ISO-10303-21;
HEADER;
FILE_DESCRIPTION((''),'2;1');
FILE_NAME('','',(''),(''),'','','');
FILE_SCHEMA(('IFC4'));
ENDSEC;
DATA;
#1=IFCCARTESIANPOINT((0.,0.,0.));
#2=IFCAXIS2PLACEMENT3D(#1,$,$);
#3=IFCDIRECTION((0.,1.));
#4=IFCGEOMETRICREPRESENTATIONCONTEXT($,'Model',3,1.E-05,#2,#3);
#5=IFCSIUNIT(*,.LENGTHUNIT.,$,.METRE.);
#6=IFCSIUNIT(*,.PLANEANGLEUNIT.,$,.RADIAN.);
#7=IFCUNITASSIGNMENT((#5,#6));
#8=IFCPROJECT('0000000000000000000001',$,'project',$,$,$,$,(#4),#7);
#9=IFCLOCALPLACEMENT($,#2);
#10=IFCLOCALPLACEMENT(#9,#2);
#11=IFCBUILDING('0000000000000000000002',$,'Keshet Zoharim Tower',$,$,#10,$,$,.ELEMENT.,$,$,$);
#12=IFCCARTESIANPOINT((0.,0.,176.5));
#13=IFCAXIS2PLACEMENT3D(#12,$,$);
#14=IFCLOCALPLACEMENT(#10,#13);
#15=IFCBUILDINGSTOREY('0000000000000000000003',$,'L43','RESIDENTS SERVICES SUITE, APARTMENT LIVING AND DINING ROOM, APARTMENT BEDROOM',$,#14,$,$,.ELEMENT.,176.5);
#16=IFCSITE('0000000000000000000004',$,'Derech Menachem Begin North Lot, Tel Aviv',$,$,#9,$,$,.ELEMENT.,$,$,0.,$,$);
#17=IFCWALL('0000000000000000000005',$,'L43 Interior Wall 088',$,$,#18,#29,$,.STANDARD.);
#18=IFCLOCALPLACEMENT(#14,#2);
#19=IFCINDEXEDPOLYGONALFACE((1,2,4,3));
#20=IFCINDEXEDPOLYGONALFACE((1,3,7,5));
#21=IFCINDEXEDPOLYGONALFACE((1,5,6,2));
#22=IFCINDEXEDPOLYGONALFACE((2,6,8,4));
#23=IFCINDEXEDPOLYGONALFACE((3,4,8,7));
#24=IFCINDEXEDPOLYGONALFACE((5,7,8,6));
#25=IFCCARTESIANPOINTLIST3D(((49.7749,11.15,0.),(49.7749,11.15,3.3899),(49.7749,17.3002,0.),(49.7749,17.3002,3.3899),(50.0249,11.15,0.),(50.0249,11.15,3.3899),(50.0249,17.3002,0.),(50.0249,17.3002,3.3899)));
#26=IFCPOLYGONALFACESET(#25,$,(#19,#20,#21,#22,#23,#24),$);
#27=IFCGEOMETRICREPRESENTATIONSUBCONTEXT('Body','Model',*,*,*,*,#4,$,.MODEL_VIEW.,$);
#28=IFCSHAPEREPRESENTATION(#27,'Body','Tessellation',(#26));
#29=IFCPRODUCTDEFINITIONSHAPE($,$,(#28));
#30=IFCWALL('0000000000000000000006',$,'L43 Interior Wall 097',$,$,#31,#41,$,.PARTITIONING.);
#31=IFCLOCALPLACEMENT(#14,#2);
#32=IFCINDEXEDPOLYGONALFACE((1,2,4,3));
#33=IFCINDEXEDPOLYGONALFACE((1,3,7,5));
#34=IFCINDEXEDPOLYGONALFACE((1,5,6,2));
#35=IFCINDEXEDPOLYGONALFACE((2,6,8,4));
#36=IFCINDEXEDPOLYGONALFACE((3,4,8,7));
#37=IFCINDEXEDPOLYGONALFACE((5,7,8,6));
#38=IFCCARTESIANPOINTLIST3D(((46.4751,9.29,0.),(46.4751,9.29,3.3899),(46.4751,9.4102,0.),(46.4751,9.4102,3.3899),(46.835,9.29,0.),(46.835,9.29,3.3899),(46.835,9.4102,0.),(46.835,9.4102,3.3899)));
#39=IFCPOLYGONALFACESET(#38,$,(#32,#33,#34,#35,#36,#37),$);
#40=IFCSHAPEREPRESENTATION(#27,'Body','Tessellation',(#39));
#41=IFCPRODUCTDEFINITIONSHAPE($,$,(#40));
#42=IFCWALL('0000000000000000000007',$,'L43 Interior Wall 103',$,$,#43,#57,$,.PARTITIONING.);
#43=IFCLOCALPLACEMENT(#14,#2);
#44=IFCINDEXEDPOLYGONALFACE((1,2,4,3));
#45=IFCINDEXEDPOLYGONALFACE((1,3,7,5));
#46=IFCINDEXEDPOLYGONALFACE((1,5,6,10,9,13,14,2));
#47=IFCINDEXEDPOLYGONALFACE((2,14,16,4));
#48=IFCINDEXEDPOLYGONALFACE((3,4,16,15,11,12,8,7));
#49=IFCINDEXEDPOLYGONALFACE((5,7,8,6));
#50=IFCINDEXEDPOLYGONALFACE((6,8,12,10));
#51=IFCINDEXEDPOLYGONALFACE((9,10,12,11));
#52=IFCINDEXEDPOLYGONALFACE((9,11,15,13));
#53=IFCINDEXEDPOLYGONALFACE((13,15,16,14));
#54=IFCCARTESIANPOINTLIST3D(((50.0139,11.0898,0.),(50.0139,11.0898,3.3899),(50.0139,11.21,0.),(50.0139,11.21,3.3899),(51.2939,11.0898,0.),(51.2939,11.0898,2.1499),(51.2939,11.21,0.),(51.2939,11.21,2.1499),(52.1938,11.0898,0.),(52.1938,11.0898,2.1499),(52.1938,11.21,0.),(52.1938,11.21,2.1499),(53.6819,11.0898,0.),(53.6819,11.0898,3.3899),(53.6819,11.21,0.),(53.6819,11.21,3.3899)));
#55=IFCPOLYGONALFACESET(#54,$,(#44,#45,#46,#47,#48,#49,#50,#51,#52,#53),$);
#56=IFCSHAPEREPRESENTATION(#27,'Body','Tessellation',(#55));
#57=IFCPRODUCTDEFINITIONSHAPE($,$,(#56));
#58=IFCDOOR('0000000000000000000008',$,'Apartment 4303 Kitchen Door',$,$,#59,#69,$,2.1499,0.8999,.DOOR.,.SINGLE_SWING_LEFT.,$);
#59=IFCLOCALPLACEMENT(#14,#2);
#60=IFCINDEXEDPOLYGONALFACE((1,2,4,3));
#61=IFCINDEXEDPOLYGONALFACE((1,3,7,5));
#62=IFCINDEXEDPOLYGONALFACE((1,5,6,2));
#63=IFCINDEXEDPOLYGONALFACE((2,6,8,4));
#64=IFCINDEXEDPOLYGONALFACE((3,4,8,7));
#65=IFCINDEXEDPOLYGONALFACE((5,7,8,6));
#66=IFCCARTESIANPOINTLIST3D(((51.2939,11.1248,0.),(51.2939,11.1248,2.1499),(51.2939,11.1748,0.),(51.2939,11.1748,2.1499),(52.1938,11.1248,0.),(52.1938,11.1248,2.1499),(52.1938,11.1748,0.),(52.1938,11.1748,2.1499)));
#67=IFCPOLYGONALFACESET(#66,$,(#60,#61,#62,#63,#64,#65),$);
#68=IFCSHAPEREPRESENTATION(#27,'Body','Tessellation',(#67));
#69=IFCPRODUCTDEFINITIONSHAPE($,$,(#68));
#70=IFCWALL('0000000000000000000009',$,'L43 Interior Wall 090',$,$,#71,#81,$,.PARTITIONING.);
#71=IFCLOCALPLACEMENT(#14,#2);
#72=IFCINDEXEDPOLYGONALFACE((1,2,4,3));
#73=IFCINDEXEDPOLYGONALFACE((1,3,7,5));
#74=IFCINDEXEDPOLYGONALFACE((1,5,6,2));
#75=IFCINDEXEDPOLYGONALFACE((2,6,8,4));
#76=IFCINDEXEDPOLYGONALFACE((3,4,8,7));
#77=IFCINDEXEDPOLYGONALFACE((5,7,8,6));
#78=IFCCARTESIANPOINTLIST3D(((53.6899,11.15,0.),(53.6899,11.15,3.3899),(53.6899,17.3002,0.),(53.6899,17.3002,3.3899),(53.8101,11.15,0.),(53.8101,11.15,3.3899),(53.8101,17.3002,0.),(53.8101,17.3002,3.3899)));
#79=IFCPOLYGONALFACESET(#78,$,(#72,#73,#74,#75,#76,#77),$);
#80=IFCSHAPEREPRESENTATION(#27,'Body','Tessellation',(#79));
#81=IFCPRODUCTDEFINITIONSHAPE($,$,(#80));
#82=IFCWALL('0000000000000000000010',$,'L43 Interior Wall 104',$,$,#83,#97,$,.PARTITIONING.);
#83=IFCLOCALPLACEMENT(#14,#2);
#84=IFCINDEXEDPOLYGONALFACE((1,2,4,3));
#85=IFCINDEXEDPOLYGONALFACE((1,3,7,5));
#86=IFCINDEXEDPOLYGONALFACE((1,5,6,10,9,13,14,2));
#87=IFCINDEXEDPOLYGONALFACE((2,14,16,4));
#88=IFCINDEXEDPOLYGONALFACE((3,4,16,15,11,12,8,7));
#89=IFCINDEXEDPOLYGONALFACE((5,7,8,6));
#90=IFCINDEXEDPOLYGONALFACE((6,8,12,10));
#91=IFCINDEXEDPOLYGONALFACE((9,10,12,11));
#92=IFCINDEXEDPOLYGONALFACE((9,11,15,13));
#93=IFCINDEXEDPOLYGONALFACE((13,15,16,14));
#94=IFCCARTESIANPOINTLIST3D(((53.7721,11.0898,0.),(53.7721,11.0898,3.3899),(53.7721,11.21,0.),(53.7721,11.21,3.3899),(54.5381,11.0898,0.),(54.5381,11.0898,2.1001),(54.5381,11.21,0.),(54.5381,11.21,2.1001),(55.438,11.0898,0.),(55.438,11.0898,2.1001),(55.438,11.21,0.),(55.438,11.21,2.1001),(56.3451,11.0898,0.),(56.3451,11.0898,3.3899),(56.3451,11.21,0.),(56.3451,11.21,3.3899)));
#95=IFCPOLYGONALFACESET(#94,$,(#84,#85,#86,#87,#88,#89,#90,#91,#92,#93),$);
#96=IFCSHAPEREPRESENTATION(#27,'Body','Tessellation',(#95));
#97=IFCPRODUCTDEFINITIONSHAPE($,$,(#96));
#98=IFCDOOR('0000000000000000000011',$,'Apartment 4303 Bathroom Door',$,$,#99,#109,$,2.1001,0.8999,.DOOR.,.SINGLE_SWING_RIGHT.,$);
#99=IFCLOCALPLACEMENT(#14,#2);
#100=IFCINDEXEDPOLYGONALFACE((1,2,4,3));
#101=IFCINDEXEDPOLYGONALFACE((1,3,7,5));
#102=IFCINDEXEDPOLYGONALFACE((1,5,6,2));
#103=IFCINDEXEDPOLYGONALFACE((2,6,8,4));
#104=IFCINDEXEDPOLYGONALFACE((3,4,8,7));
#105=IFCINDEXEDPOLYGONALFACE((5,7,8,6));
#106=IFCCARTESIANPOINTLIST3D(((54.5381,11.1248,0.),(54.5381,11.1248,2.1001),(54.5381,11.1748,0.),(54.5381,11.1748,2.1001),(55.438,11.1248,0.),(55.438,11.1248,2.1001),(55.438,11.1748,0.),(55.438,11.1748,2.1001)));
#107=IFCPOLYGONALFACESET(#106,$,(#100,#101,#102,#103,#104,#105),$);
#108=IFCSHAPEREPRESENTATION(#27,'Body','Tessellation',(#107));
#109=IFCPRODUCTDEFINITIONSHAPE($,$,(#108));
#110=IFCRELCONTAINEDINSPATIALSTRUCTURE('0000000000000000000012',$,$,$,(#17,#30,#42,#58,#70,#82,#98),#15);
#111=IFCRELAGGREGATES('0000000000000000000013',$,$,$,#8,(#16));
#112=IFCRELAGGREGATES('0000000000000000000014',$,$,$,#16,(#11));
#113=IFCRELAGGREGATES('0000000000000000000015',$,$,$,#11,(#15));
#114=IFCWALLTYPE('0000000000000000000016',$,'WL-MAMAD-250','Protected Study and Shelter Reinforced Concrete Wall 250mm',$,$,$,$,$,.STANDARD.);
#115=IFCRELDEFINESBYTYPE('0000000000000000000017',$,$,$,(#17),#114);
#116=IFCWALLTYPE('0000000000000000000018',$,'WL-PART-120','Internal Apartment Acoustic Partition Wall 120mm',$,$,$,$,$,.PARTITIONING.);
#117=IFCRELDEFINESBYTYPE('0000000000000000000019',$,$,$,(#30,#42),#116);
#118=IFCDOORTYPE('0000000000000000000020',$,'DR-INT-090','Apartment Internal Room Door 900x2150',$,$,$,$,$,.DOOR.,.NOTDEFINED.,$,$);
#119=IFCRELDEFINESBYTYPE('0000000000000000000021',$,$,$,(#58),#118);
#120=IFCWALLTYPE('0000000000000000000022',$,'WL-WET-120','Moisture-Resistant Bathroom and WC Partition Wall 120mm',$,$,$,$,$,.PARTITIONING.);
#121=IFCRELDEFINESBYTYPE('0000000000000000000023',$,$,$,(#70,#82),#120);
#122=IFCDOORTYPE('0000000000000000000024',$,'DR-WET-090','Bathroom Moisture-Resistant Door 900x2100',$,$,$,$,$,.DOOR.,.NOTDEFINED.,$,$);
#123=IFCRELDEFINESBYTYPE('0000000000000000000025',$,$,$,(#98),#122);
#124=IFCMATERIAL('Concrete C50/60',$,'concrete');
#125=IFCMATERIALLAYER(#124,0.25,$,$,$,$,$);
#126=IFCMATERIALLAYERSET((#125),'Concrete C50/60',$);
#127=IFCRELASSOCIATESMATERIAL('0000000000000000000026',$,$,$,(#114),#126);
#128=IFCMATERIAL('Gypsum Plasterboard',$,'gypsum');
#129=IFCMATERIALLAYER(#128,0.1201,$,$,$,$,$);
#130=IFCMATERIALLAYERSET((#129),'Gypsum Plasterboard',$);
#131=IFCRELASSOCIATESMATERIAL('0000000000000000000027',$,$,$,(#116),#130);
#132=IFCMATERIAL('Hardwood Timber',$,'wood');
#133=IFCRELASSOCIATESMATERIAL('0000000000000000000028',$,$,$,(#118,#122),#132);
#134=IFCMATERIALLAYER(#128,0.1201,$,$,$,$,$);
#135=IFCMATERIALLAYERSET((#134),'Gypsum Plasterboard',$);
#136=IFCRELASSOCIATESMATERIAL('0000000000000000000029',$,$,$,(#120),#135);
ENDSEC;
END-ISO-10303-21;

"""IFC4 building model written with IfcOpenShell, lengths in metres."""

from ifc_helpers import new_model, si_unit, direction, frame, frame_2d, origin, place, context, subcontext, project, spatial, rectangle, extrude, material, layer, layer_set, type_object, element, fill, save


model = new_model("IFC4")

# Units and contexts
model_context = context("Model", 3, precision=1e-05, world=origin(), true_north=direction((0.0, 1.0)))
body_context = subcontext(model_context, "Body", "Model", "MODEL_VIEW")
ifc_project = project(units=[si_unit("LENGTHUNIT", "METRE"), si_unit("PLANEANGLEUNIT", "RADIAN")], contexts=[model_context])

# Site, building, storey
site_placement = place(None, origin())
site = spatial("IfcSite", under=ifc_project, at=site_placement, Name="Derech Menachem Begin North Lot, Tel Aviv", CompositionType="ELEMENT", RefElevation=0.0)
building_placement = place(site_placement, origin())
building = spatial("IfcBuilding", under=site, at=building_placement, Name="Keshet Zoharim Tower", CompositionType="ELEMENT")
storey_placement = place(building_placement, frame((0.0, 0.0, 176.5)))
storey = spatial("IfcBuildingStorey", under=building, at=storey_placement, Name="L43", Description="RESIDENTS SERVICES SUITE, APARTMENT LIVING AND DINING ROOM, APARTMENT BEDROOM", CompositionType="ELEMENT", Elevation=176.5)

# Wall
ifc_material_1 = material(Name="Concrete C50/60", Category="concrete")
ifc_layer_1 = layer(ifc_material_1, 0.25)
ifc_layer_set_1 = layer_set([ifc_layer_1], Name="Concrete C50/60")
wall_type_1 = type_object("IfcWallType", Name="WL-MAMAD-250", Description="Protected Study and Shelter Reinforced Concrete Wall 250mm", PredefinedType="STANDARD", material=ifc_layer_set_1)
for number, where, z_axis, x_axis, name in (
    (1, (49.8999, 11.1499, 0.0), (0.0, 0.0, 1.0), (0.0, 1.0, 0.0), "L43 Interior Wall 088"),
):
    element("IfcWall", number, at=place(storey_placement, frame(where, z_axis=z_axis, x_axis=x_axis)), inside=storey, type_object=wall_type_1, Name=name, PredefinedType="STANDARD", context=body_context, shape_type="SweptSolid", body=[
        extrude(rectangle(XDim=6.1501, YDim=0.25, at=frame_2d((3.0752, 0.0))), origin(), (0.0, 0.0, 1.0), 3.3899),
    ])

# Shared definitions
ifc_material_2 = material(Name="Hardwood Timber", Category="wood")

# Wall
ifc_material_3 = material(Name="Gypsum Plasterboard", Category="gypsum")
ifc_layer_2 = layer(ifc_material_3, 0.1201)
ifc_layer_set_2 = layer_set([ifc_layer_2], Name="Gypsum Plasterboard")
wall_type_2 = type_object("IfcWallType", Name="WL-PART-120", Description="Internal Apartment Acoustic Partition Wall 120mm", PredefinedType="PARTITIONING", material=ifc_layer_set_2)
wall_1_placement = place(storey_placement, frame((46.4751, 9.3501, 0.0), z_axis=(0.0, 0.0, 1.0), x_axis=(1.0, 0.0, 0.0)))
element("IfcWall", 2, at=wall_1_placement, inside=storey, type_object=wall_type_2, Name="L43 Interior Wall 097", PredefinedType="PARTITIONING", context=body_context, shape_type="SweptSolid", body=[
    extrude(rectangle(XDim=0.3599, YDim=0.1201, at=frame_2d((0.1799, 0.0))), origin(), (0.0, 0.0, 1.0), 3.3899),
])

# Shared definitions
door_type_1 = type_object("IfcDoorType", Name="DR-INT-090", Description="Apartment Internal Room Door 900x2150", OperationType="NOTDEFINED", PredefinedType="DOOR", material=ifc_material_2)

# Wall, opening, door
wall_2_placement = place(storey_placement, frame((50.0139, 11.1499, 0.0), z_axis=(0.0, 0.0, 1.0), x_axis=(1.0, 0.0, 0.0)))
wall_2 = element("IfcWall", 3, at=wall_2_placement, inside=storey, type_object=wall_type_2, Name="L43 Interior Wall 103", PredefinedType="PARTITIONING", context=body_context, shape_type="SweptSolid", body=[
    extrude(rectangle(XDim=3.668, YDim=0.1201, at=frame_2d((1.834, 0.0))), origin(), (0.0, 0.0, 1.0), 3.3899),
])
opening_1_placement = place(wall_2_placement, frame((1.28, 0.0, 0.0)))
opening_1 = element("IfcOpeningElement", 4, at=opening_1_placement, cuts=wall_2, PredefinedType="OPENING", context=body_context, shape_type="SweptSolid", body=[
    extrude(rectangle(XDim=0.8999, YDim=2.1499, at=frame_2d((0.45, 1.075))), frame((0.0, 0.0701, 0.0), z_axis=(0.0, -1.0, 0.0), x_axis=(1.0, 0.0, 0.0)), (0.0, 0.0, 1.0), 0.1401),
])
door_1_placement = place(opening_1_placement, origin())
door_1 = element("IfcDoor", 5, at=door_1_placement, inside=storey, type_object=door_type_1, Name="Apartment 4303 Kitchen Door", OperationType="SINGLE_SWING_LEFT", OverallHeight=2.1499, OverallWidth=0.8999, PredefinedType="DOOR", context=body_context, shape_type="SweptSolid", body=[
    extrude(rectangle(XDim=0.8999, YDim=2.1499, at=frame_2d((0.45, 1.075))), frame((0.0, 0.0249, 0.0), z_axis=(0.0, -1.0, 0.0), x_axis=(1.0, 0.0, 0.0)), (0.0, 0.0, 1.0), 0.05),
])
fill(opening_1, door_1)

# Wall
ifc_layer_3 = layer(ifc_material_3, 0.1201)
ifc_layer_set_3 = layer_set([ifc_layer_3], Name="Gypsum Plasterboard")
wall_type_3 = type_object("IfcWallType", Name="WL-WET-120", Description="Moisture-Resistant Bathroom and WC Partition Wall 120mm", PredefinedType="PARTITIONING", material=ifc_layer_set_3)
wall_3_placement = place(storey_placement, frame((53.75, 11.1499, 0.0), z_axis=(0.0, 0.0, 1.0), x_axis=(0.0, 1.0, 0.0)))
element("IfcWall", 6, at=wall_3_placement, inside=storey, type_object=wall_type_3, Name="L43 Interior Wall 090", PredefinedType="PARTITIONING", context=body_context, shape_type="SweptSolid", body=[
    extrude(rectangle(XDim=6.1501, YDim=0.1201, at=frame_2d((3.0752, 0.0))), origin(), (0.0, 0.0, 1.0), 3.3899),
])

# Wall, opening, door
wall_4_placement = place(storey_placement, frame((53.772, 11.1499, 0.0), z_axis=(0.0, 0.0, 1.0), x_axis=(1.0, 0.0, 0.0)))
wall_4 = element("IfcWall", 7, at=wall_4_placement, inside=storey, type_object=wall_type_3, Name="L43 Interior Wall 104", PredefinedType="PARTITIONING", context=body_context, shape_type="SweptSolid", body=[
    extrude(rectangle(XDim=2.573, YDim=0.1201, at=frame_2d((1.2866, 0.0))), origin(), (0.0, 0.0, 1.0), 3.3899),
])
opening_2_placement = place(wall_4_placement, frame((0.7661, 0.0, 0.0)))
opening_2 = element("IfcOpeningElement", 8, at=opening_2_placement, cuts=wall_4, PredefinedType="OPENING", context=body_context, shape_type="SweptSolid", body=[
    extrude(rectangle(XDim=0.8999, YDim=2.1001, at=frame_2d((0.45, 1.05))), frame((0.0, 0.0701, 0.0), z_axis=(0.0, -1.0, 0.0), x_axis=(1.0, 0.0, 0.0)), (0.0, 0.0, 1.0), 0.1401),
])
door_type_2 = type_object("IfcDoorType", Name="DR-WET-090", Description="Bathroom Moisture-Resistant Door 900x2100", OperationType="NOTDEFINED", PredefinedType="DOOR", material=ifc_material_2)
door_2_placement = place(opening_2_placement, origin())
door_2 = element("IfcDoor", 9, at=door_2_placement, inside=storey, type_object=door_type_2, Name="Apartment 4303 Bathroom Door", OperationType="SINGLE_SWING_RIGHT", OverallHeight=2.1001, OverallWidth=0.8999, PredefinedType="DOOR", context=body_context, shape_type="SweptSolid", body=[
    extrude(rectangle(XDim=0.8999, YDim=2.1001, at=frame_2d((0.45, 1.05))), frame((0.0, 0.0249, 0.0), z_axis=(0.0, -1.0, 0.0), x_axis=(1.0, 0.0, 0.0)), (0.0, 0.0, 1.0), 0.05),
])
fill(opening_2, door_2)

save(model, "model.ifc")
